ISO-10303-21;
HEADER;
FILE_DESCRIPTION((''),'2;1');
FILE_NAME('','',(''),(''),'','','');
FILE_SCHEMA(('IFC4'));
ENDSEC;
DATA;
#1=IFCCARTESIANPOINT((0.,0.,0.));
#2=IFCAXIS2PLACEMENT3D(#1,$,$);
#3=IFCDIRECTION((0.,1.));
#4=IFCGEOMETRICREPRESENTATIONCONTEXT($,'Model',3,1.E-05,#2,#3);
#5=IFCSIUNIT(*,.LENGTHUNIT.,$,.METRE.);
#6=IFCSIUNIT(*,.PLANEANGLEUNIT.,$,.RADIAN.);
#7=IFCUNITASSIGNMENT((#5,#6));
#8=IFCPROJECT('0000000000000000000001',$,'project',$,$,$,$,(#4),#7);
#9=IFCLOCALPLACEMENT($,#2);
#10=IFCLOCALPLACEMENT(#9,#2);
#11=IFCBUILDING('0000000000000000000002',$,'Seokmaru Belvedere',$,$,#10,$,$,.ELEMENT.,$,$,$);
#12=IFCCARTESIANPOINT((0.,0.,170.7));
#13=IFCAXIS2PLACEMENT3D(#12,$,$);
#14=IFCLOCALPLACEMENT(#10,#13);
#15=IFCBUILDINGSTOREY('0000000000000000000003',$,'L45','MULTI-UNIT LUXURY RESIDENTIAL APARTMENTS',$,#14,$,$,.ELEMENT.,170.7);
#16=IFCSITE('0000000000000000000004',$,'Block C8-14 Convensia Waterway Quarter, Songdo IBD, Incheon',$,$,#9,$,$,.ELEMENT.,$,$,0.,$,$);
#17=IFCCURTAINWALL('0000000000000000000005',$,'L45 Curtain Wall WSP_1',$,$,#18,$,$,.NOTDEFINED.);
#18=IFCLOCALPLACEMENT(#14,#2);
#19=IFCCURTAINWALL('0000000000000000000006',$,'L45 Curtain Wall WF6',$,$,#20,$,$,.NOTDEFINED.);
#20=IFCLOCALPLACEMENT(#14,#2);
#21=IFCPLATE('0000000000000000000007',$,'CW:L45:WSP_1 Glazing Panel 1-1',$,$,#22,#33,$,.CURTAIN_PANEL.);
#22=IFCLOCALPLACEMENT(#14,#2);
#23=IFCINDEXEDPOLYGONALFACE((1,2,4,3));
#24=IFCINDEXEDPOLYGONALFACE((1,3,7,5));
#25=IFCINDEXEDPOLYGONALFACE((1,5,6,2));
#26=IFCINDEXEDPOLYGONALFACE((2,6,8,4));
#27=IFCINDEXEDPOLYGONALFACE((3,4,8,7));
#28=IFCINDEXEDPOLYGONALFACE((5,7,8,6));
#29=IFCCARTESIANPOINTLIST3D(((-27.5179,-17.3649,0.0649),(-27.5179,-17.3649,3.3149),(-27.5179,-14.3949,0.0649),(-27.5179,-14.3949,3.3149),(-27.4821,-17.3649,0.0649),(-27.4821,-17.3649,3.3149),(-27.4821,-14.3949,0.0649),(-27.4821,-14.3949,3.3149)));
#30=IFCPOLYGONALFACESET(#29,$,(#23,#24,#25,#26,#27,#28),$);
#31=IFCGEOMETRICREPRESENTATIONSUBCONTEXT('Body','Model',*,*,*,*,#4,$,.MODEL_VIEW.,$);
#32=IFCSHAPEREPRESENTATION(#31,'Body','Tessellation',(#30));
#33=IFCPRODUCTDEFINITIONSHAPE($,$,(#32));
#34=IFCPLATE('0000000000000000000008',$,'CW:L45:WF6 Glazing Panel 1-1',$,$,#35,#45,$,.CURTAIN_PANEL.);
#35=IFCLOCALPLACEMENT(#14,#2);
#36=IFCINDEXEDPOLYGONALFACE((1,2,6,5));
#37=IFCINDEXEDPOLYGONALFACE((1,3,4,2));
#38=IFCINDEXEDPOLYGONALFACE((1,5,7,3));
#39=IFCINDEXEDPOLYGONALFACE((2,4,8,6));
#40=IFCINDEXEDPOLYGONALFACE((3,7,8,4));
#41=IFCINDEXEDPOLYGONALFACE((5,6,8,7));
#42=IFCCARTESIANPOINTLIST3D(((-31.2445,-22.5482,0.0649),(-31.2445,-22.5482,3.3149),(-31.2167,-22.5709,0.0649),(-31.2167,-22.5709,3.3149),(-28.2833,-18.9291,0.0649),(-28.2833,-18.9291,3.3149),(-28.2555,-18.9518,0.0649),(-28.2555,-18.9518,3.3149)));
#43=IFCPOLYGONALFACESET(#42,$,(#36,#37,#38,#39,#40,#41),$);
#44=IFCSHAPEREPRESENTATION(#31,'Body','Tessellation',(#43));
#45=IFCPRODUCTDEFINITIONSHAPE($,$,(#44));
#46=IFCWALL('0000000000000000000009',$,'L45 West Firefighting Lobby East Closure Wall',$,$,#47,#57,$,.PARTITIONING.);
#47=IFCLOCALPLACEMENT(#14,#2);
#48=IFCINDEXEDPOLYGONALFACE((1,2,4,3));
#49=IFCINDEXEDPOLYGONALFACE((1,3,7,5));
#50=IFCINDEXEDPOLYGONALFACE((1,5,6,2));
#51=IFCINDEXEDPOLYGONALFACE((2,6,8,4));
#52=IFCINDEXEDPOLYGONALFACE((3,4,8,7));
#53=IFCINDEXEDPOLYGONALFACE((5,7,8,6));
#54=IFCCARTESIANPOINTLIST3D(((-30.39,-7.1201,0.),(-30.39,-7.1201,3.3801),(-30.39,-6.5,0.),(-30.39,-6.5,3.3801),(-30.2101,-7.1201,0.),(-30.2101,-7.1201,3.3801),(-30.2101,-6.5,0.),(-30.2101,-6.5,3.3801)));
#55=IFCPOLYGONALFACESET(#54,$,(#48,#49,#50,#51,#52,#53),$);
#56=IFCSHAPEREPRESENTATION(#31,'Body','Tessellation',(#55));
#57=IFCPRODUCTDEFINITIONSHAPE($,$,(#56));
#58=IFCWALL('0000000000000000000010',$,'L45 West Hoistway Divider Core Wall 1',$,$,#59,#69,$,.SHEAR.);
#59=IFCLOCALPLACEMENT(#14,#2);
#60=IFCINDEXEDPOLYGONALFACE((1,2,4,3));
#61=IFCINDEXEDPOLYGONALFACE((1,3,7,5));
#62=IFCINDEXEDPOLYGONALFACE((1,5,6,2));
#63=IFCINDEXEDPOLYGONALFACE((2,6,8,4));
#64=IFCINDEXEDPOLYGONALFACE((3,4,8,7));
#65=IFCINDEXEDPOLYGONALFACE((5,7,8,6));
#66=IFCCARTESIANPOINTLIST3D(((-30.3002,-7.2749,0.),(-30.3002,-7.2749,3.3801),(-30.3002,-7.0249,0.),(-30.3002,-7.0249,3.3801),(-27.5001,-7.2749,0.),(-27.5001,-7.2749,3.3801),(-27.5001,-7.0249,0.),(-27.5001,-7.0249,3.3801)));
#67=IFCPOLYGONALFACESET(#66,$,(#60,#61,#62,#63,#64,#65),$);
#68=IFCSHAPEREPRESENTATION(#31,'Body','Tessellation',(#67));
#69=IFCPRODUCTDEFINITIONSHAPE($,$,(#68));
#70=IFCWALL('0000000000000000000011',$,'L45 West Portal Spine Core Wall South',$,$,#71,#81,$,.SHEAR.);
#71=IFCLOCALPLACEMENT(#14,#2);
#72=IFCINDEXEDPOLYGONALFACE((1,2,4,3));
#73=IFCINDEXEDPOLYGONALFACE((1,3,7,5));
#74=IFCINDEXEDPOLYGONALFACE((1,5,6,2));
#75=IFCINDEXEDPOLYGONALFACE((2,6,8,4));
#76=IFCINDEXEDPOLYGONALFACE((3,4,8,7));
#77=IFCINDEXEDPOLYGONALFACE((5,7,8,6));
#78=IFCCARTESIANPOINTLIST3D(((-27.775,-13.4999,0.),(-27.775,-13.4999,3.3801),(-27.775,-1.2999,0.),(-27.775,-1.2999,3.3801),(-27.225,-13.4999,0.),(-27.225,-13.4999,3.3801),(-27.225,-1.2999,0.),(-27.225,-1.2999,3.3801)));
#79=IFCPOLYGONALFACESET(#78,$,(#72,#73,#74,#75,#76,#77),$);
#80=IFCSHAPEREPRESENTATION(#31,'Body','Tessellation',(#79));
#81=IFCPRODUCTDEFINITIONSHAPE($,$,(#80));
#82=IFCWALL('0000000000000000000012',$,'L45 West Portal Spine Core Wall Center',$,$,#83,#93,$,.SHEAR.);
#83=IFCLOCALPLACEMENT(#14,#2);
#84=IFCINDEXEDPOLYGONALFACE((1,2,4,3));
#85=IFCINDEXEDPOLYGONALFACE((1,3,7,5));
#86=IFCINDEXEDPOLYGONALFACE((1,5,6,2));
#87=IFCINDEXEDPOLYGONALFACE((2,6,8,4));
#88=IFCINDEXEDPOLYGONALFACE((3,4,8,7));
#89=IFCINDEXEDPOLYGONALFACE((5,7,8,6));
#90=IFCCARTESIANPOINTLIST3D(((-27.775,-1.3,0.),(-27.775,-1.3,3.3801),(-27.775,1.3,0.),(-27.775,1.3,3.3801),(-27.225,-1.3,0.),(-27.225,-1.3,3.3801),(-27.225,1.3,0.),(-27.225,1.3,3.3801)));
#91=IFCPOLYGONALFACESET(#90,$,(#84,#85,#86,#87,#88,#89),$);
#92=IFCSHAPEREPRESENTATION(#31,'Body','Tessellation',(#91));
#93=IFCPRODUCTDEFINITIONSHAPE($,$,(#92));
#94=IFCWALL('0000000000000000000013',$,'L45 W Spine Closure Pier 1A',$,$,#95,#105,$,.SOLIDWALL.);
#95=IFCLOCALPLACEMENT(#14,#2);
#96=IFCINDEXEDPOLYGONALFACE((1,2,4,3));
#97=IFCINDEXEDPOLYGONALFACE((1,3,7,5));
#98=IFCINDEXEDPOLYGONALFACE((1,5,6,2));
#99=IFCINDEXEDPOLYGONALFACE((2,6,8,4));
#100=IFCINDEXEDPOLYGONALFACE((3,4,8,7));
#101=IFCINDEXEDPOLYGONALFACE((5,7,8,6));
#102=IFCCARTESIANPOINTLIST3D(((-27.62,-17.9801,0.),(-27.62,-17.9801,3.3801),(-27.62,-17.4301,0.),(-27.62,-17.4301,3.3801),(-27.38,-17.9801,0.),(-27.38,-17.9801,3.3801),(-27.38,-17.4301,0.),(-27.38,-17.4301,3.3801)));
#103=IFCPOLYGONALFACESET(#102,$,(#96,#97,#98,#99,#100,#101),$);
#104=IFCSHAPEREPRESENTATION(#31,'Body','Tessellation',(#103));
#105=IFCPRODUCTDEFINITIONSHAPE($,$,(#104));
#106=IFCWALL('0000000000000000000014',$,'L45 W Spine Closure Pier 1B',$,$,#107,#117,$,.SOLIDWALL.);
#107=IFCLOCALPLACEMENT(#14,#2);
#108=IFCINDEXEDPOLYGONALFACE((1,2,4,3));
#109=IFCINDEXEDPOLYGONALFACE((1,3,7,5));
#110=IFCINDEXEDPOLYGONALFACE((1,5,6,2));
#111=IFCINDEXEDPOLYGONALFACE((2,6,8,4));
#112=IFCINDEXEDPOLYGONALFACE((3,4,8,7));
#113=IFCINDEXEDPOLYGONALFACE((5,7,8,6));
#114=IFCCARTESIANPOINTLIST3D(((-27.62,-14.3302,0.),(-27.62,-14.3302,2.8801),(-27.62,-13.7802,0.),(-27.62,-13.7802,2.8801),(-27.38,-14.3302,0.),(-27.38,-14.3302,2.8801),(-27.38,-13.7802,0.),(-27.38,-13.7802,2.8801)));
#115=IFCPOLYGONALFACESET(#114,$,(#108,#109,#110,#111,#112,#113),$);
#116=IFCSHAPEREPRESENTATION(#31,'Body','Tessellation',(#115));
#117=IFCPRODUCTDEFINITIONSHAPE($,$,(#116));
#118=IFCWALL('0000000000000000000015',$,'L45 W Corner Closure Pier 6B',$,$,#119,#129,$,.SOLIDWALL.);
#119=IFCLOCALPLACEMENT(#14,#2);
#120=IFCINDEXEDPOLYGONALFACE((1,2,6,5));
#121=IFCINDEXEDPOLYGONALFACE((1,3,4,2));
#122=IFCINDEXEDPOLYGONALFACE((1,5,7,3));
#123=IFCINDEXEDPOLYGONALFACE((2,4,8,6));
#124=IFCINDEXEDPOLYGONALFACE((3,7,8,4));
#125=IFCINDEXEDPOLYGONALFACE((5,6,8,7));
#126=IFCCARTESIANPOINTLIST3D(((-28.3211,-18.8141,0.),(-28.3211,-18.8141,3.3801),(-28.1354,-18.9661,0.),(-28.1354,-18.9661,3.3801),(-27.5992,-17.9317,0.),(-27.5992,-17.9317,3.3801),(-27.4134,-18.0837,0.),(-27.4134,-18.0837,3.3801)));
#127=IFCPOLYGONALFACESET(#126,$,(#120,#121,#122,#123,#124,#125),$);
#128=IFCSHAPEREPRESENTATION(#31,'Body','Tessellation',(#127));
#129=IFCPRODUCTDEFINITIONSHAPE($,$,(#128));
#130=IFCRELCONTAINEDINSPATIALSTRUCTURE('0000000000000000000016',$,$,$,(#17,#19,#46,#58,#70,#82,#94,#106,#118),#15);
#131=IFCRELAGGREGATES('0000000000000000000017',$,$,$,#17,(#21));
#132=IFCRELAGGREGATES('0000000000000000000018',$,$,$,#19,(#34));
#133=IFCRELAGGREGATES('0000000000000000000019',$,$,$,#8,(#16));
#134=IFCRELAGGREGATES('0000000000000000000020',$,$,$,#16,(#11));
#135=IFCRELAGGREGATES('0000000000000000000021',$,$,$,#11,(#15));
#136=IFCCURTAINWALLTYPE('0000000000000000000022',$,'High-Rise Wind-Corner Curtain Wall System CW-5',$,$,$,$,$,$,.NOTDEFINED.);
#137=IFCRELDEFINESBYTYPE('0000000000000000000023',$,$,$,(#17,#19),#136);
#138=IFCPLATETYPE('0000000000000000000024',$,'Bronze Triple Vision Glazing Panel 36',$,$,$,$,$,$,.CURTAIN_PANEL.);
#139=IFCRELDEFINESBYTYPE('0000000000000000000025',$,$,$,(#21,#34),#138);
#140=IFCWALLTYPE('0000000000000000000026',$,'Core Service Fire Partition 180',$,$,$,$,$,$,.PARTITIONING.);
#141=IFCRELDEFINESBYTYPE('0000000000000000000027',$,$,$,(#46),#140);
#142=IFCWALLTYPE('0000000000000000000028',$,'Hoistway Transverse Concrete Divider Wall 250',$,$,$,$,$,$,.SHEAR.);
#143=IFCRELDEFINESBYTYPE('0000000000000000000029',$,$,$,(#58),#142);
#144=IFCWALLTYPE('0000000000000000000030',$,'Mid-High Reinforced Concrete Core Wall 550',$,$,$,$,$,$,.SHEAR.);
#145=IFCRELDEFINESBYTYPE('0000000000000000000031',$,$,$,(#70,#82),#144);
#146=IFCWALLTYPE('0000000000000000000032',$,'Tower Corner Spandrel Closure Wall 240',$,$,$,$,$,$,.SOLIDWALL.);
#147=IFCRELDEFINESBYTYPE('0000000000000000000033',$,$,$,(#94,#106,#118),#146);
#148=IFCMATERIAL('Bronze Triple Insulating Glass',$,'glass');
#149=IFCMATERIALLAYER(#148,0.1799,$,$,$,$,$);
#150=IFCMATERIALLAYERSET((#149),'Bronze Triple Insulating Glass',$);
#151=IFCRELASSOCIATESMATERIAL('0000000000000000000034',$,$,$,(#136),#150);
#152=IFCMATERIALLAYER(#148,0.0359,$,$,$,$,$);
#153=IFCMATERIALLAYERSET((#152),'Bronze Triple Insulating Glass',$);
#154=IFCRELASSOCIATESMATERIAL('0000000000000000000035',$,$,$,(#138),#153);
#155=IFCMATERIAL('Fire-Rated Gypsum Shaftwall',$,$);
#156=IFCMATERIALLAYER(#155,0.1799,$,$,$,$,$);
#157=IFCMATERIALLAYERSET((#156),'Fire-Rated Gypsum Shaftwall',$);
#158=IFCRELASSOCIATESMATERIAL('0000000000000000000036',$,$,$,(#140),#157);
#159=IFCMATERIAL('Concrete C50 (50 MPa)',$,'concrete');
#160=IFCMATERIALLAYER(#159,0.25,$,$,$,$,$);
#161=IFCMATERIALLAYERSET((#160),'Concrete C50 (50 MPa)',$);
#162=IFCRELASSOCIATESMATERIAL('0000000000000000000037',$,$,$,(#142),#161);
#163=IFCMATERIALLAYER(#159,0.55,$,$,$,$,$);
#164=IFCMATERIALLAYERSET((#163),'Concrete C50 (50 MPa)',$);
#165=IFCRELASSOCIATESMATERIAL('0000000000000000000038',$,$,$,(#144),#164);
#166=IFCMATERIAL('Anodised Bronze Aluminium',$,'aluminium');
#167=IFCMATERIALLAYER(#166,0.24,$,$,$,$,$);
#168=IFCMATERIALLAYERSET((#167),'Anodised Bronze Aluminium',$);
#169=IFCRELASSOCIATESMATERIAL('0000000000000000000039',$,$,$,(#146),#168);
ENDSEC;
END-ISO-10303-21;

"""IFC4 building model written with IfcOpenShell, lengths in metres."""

from ifc_helpers import new_model, si_unit, direction, frame, frame_2d, origin, origin_2d, place, context, subcontext, project, spatial, rectangle, extrude, source, transform, mapped, material, layer, layer_set, type_object, type_shapes, element, aggregate, save


model = new_model("IFC4")

# Units and contexts
model_context = context("Model", 3, precision=1e-05, world=origin(), true_north=direction((0.0, 1.0)))
body_context = subcontext(model_context, "Body", "Model", "MODEL_VIEW")
ifc_project = project(units=[si_unit("LENGTHUNIT", "METRE"), si_unit("PLANEANGLEUNIT", "RADIAN")], contexts=[model_context])

# Site, building, storey
site_placement = place(None, origin())
site = spatial("IfcSite", under=ifc_project, at=site_placement, Name="Block C8-14 Convensia Waterway Quarter, Songdo IBD, Incheon", CompositionType="ELEMENT", RefElevation=0.0)
building_placement = place(site_placement, origin())
building = spatial("IfcBuilding", under=site, at=building_placement, Name="Seokmaru Belvedere", CompositionType="ELEMENT")
storey_placement = place(building_placement, frame((0.0, 0.0, 170.7)))
storey = spatial("IfcBuildingStorey", under=building, at=storey_placement, Name="L45", Description="MULTI-UNIT LUXURY RESIDENTIAL APARTMENTS", CompositionType="ELEMENT", Elevation=170.7)

# Curtain wall
ifc_material_1 = material(Name="Bronze Triple Insulating Glass", Category="glass")
ifc_layer_1 = layer(ifc_material_1, 0.1799)
ifc_layer_set_1 = layer_set([ifc_layer_1], Name="Bronze Triple Insulating Glass")
curtain_wall_type = type_object("IfcCurtainWallType", Name="High-Rise Wind-Corner Curtain Wall System CW-5", PredefinedType="NOTDEFINED", material=ifc_layer_set_1)
curtain_wall_1_placement = place(storey_placement, origin())
curtain_wall_1 = element("IfcCurtainWall", 1, at=curtain_wall_1_placement, inside=storey, type_object=curtain_wall_type, Name="L45 Curtain Wall WSP_1", PredefinedType="NOTDEFINED")
ifc_material_2 = material(Name="Anodised Bronze Aluminium", Category="aluminium")

# Curtain wall
curtain_wall_2_placement = place(storey_placement, origin())
curtain_wall_2 = element("IfcCurtainWall", 2, at=curtain_wall_2_placement, inside=storey, type_object=curtain_wall_type, Name="L45 Curtain Wall WF6", PredefinedType="NOTDEFINED")

# Plates
ifc_layer_2 = layer(ifc_material_1, 0.0359)
ifc_layer_set_2 = layer_set([ifc_layer_2], Name="Bronze Triple Insulating Glass")
plate_type = type_object("IfcPlateType", Name="Bronze Triple Vision Glazing Panel 36", PredefinedType="CURTAIN_PANEL", material=ifc_layer_set_2)
shared_shape_1 = source(origin(), body_context, "Body", "SweptSolid", [
    extrude(rectangle(XDim=2.97, YDim=0.0359, at=origin_2d()), origin(), (0.0, 0.0, 1.0), 3.25),
])
plate_1_placement = place(storey_placement, frame((-27.5, -15.8799, 0.0649), z_axis=(0.0, 0.0, 1.0), x_axis=(0.0, 1.0, 0.0)))
plate_1 = element("IfcPlate", 3, at=plate_1_placement, type_object=plate_type, Name="CW:L45:WSP_1 Glazing Panel 1-1", PredefinedType="CURTAIN_PANEL", context=body_context, shape_type="MappedRepresentation", body=[
    mapped(shared_shape_1, transform((0.0, 0.0, 0.0), scale=1.0)),
])
aggregate(curtain_wall_1, [plate_1])
shared_shape_2 = source(origin(), body_context, "Body", "SweptSolid", [
    extrude(rectangle(XDim=4.6763, YDim=0.0359, at=origin_2d()), origin(), (0.0, 0.0, 1.0), 3.25),
])
type_shapes(plate_type, [shared_shape_1, shared_shape_2])
plate_2_placement = place(storey_placement, frame((-29.75, -20.75, 0.0649), z_axis=(0.0, 0.0, 1.0), x_axis=(0.633254, 0.773944, 0.0)))
plate_2 = element("IfcPlate", 4, at=plate_2_placement, type_object=plate_type, Name="CW:L45:WF6 Glazing Panel 1-1", PredefinedType="CURTAIN_PANEL", context=body_context, shape_type="MappedRepresentation", body=[
    mapped(shared_shape_2, transform((0.0, 0.0, 0.0), scale=1.0)),
])
aggregate(curtain_wall_2, [plate_2])

# Walls
ifc_material_3 = material(Name="Fire-Rated Gypsum Shaftwall")
ifc_layer_3 = layer(ifc_material_3, 0.1799)
ifc_layer_set_3 = layer_set([ifc_layer_3], Name="Fire-Rated Gypsum Shaftwall")
wall_type_1 = type_object("IfcWallType", Name="Core Service Fire Partition 180", PredefinedType="PARTITIONING", material=ifc_layer_set_3)
wall_1_placement = place(storey_placement, frame((-30.3, -7.1201, 0.0), z_axis=(0.0, 0.0, 1.0), x_axis=(0.0, 1.0, 0.0)))
element("IfcWall", 5, at=wall_1_placement, inside=storey, type_object=wall_type_1, Name="L45 West Firefighting Lobby East Closure Wall", PredefinedType="PARTITIONING", context=body_context, shape_type="SweptSolid", body=[
    extrude(rectangle(XDim=0.6201, YDim=0.1799, at=frame_2d((0.3101, 0.0))), origin(), (0.0, 0.0, 1.0), 3.3801),
])
ifc_material_4 = material(Name="Concrete C50 (50 MPa)", Category="concrete")
ifc_layer_4 = layer(ifc_material_4, 0.25)
ifc_layer_set_4 = layer_set([ifc_layer_4], Name="Concrete C50 (50 MPa)")
wall_type_2 = type_object("IfcWallType", Name="Hoistway Transverse Concrete Divider Wall 250", PredefinedType="SHEAR", material=ifc_layer_set_4)
wall_2_placement = place(storey_placement, frame((-30.3, -7.1499, 0.0), z_axis=(0.0, 0.0, 1.0), x_axis=(1.0, 0.0, 0.0)))
element("IfcWall", 6, at=wall_2_placement, inside=storey, type_object=wall_type_2, Name="L45 West Hoistway Divider Core Wall 1", PredefinedType="SHEAR", context=body_context, shape_type="SweptSolid", body=[
    extrude(rectangle(XDim=2.8, YDim=0.25, at=frame_2d((1.3999, 0.0))), origin(), (0.0, 0.0, 1.0), 3.3801),
])
ifc_layer_5 = layer(ifc_material_4, 0.55)
ifc_layer_set_5 = layer_set([ifc_layer_5], Name="Concrete C50 (50 MPa)")
wall_type_3 = type_object("IfcWallType", Name="Mid-High Reinforced Concrete Core Wall 550", PredefinedType="SHEAR", material=ifc_layer_set_5)
wall_3_placement = place(storey_placement, frame((-27.5, -13.5, 0.0), z_axis=(0.0, 0.0, 1.0), x_axis=(0.0, 1.0, 0.0)))
element("IfcWall", 7, at=wall_3_placement, inside=storey, type_object=wall_type_3, Name="L45 West Portal Spine Core Wall South", PredefinedType="SHEAR", context=body_context, shape_type="SweptSolid", body=[
    extrude(rectangle(XDim=12.2, YDim=0.55, at=frame_2d((6.1001, 0.0))), origin(), (0.0, 0.0, 1.0), 3.3801),
])
wall_4_placement = place(storey_placement, frame((-27.5, -1.3, 0.0), z_axis=(0.0, 0.0, 1.0), x_axis=(0.0, 1.0, 0.0)))
element("IfcWall", 8, at=wall_4_placement, inside=storey, type_object=wall_type_3, Name="L45 West Portal Spine Core Wall Center", PredefinedType="SHEAR", context=body_context, shape_type="SweptSolid", body=[
    extrude(rectangle(XDim=2.6001, YDim=0.55, at=frame_2d((1.3, 0.0))), origin(), (0.0, 0.0, 1.0), 3.3801),
])
ifc_layer_6 = layer(ifc_material_2, 0.24)
ifc_layer_set_6 = layer_set([ifc_layer_6], Name="Anodised Bronze Aluminium")
wall_type_4 = type_object("IfcWallType", Name="Tower Corner Spandrel Closure Wall 240", PredefinedType="SOLIDWALL", material=ifc_layer_set_6)
wall_5_placement = place(storey_placement, frame((-27.5, -17.98, 0.0), z_axis=(0.0, 0.0, 1.0), x_axis=(0.0, 1.0, 0.0)))
element("IfcWall", 9, at=wall_5_placement, inside=storey, type_object=wall_type_4, Name="L45 W Spine Closure Pier 1A", PredefinedType="SOLIDWALL", context=body_context, shape_type="SweptSolid", body=[
    extrude(rectangle(XDim=0.55, YDim=0.24, at=frame_2d((0.2749, 0.0))), origin(), (0.0, 0.0, 1.0), 3.3801),
])
wall_6_placement = place(storey_placement, frame((-27.5, -14.3301, 0.0), z_axis=(0.0, 0.0, 1.0), x_axis=(0.0, 1.0, 0.0)))
element("IfcWall", 10, at=wall_6_placement, inside=storey, type_object=wall_type_4, Name="L45 W Spine Closure Pier 1B", PredefinedType="SOLIDWALL", context=body_context, shape_type="SweptSolid", body=[
    extrude(rectangle(XDim=0.55, YDim=0.24, at=frame_2d((0.2749, 0.0))), origin(), (0.0, 0.0, 1.0), 2.8801),
])
wall_7_placement = place(storey_placement, frame((-28.2283, -18.8901, 0.0), z_axis=(0.0, 0.0, 1.0), x_axis=(0.633249, 0.773948, 0.0)))
element("IfcWall", 11, at=wall_7_placement, inside=storey, type_object=wall_type_4, Name="L45 W Corner Closure Pier 6B", PredefinedType="SOLIDWALL", context=body_context, shape_type="SweptSolid", body=[
    extrude(rectangle(XDim=1.1401, YDim=0.24, at=frame_2d((0.5701, 0.0))), origin(), (0.0, 0.0, 1.0), 3.3801),
])

save(model, "model.ifc")
